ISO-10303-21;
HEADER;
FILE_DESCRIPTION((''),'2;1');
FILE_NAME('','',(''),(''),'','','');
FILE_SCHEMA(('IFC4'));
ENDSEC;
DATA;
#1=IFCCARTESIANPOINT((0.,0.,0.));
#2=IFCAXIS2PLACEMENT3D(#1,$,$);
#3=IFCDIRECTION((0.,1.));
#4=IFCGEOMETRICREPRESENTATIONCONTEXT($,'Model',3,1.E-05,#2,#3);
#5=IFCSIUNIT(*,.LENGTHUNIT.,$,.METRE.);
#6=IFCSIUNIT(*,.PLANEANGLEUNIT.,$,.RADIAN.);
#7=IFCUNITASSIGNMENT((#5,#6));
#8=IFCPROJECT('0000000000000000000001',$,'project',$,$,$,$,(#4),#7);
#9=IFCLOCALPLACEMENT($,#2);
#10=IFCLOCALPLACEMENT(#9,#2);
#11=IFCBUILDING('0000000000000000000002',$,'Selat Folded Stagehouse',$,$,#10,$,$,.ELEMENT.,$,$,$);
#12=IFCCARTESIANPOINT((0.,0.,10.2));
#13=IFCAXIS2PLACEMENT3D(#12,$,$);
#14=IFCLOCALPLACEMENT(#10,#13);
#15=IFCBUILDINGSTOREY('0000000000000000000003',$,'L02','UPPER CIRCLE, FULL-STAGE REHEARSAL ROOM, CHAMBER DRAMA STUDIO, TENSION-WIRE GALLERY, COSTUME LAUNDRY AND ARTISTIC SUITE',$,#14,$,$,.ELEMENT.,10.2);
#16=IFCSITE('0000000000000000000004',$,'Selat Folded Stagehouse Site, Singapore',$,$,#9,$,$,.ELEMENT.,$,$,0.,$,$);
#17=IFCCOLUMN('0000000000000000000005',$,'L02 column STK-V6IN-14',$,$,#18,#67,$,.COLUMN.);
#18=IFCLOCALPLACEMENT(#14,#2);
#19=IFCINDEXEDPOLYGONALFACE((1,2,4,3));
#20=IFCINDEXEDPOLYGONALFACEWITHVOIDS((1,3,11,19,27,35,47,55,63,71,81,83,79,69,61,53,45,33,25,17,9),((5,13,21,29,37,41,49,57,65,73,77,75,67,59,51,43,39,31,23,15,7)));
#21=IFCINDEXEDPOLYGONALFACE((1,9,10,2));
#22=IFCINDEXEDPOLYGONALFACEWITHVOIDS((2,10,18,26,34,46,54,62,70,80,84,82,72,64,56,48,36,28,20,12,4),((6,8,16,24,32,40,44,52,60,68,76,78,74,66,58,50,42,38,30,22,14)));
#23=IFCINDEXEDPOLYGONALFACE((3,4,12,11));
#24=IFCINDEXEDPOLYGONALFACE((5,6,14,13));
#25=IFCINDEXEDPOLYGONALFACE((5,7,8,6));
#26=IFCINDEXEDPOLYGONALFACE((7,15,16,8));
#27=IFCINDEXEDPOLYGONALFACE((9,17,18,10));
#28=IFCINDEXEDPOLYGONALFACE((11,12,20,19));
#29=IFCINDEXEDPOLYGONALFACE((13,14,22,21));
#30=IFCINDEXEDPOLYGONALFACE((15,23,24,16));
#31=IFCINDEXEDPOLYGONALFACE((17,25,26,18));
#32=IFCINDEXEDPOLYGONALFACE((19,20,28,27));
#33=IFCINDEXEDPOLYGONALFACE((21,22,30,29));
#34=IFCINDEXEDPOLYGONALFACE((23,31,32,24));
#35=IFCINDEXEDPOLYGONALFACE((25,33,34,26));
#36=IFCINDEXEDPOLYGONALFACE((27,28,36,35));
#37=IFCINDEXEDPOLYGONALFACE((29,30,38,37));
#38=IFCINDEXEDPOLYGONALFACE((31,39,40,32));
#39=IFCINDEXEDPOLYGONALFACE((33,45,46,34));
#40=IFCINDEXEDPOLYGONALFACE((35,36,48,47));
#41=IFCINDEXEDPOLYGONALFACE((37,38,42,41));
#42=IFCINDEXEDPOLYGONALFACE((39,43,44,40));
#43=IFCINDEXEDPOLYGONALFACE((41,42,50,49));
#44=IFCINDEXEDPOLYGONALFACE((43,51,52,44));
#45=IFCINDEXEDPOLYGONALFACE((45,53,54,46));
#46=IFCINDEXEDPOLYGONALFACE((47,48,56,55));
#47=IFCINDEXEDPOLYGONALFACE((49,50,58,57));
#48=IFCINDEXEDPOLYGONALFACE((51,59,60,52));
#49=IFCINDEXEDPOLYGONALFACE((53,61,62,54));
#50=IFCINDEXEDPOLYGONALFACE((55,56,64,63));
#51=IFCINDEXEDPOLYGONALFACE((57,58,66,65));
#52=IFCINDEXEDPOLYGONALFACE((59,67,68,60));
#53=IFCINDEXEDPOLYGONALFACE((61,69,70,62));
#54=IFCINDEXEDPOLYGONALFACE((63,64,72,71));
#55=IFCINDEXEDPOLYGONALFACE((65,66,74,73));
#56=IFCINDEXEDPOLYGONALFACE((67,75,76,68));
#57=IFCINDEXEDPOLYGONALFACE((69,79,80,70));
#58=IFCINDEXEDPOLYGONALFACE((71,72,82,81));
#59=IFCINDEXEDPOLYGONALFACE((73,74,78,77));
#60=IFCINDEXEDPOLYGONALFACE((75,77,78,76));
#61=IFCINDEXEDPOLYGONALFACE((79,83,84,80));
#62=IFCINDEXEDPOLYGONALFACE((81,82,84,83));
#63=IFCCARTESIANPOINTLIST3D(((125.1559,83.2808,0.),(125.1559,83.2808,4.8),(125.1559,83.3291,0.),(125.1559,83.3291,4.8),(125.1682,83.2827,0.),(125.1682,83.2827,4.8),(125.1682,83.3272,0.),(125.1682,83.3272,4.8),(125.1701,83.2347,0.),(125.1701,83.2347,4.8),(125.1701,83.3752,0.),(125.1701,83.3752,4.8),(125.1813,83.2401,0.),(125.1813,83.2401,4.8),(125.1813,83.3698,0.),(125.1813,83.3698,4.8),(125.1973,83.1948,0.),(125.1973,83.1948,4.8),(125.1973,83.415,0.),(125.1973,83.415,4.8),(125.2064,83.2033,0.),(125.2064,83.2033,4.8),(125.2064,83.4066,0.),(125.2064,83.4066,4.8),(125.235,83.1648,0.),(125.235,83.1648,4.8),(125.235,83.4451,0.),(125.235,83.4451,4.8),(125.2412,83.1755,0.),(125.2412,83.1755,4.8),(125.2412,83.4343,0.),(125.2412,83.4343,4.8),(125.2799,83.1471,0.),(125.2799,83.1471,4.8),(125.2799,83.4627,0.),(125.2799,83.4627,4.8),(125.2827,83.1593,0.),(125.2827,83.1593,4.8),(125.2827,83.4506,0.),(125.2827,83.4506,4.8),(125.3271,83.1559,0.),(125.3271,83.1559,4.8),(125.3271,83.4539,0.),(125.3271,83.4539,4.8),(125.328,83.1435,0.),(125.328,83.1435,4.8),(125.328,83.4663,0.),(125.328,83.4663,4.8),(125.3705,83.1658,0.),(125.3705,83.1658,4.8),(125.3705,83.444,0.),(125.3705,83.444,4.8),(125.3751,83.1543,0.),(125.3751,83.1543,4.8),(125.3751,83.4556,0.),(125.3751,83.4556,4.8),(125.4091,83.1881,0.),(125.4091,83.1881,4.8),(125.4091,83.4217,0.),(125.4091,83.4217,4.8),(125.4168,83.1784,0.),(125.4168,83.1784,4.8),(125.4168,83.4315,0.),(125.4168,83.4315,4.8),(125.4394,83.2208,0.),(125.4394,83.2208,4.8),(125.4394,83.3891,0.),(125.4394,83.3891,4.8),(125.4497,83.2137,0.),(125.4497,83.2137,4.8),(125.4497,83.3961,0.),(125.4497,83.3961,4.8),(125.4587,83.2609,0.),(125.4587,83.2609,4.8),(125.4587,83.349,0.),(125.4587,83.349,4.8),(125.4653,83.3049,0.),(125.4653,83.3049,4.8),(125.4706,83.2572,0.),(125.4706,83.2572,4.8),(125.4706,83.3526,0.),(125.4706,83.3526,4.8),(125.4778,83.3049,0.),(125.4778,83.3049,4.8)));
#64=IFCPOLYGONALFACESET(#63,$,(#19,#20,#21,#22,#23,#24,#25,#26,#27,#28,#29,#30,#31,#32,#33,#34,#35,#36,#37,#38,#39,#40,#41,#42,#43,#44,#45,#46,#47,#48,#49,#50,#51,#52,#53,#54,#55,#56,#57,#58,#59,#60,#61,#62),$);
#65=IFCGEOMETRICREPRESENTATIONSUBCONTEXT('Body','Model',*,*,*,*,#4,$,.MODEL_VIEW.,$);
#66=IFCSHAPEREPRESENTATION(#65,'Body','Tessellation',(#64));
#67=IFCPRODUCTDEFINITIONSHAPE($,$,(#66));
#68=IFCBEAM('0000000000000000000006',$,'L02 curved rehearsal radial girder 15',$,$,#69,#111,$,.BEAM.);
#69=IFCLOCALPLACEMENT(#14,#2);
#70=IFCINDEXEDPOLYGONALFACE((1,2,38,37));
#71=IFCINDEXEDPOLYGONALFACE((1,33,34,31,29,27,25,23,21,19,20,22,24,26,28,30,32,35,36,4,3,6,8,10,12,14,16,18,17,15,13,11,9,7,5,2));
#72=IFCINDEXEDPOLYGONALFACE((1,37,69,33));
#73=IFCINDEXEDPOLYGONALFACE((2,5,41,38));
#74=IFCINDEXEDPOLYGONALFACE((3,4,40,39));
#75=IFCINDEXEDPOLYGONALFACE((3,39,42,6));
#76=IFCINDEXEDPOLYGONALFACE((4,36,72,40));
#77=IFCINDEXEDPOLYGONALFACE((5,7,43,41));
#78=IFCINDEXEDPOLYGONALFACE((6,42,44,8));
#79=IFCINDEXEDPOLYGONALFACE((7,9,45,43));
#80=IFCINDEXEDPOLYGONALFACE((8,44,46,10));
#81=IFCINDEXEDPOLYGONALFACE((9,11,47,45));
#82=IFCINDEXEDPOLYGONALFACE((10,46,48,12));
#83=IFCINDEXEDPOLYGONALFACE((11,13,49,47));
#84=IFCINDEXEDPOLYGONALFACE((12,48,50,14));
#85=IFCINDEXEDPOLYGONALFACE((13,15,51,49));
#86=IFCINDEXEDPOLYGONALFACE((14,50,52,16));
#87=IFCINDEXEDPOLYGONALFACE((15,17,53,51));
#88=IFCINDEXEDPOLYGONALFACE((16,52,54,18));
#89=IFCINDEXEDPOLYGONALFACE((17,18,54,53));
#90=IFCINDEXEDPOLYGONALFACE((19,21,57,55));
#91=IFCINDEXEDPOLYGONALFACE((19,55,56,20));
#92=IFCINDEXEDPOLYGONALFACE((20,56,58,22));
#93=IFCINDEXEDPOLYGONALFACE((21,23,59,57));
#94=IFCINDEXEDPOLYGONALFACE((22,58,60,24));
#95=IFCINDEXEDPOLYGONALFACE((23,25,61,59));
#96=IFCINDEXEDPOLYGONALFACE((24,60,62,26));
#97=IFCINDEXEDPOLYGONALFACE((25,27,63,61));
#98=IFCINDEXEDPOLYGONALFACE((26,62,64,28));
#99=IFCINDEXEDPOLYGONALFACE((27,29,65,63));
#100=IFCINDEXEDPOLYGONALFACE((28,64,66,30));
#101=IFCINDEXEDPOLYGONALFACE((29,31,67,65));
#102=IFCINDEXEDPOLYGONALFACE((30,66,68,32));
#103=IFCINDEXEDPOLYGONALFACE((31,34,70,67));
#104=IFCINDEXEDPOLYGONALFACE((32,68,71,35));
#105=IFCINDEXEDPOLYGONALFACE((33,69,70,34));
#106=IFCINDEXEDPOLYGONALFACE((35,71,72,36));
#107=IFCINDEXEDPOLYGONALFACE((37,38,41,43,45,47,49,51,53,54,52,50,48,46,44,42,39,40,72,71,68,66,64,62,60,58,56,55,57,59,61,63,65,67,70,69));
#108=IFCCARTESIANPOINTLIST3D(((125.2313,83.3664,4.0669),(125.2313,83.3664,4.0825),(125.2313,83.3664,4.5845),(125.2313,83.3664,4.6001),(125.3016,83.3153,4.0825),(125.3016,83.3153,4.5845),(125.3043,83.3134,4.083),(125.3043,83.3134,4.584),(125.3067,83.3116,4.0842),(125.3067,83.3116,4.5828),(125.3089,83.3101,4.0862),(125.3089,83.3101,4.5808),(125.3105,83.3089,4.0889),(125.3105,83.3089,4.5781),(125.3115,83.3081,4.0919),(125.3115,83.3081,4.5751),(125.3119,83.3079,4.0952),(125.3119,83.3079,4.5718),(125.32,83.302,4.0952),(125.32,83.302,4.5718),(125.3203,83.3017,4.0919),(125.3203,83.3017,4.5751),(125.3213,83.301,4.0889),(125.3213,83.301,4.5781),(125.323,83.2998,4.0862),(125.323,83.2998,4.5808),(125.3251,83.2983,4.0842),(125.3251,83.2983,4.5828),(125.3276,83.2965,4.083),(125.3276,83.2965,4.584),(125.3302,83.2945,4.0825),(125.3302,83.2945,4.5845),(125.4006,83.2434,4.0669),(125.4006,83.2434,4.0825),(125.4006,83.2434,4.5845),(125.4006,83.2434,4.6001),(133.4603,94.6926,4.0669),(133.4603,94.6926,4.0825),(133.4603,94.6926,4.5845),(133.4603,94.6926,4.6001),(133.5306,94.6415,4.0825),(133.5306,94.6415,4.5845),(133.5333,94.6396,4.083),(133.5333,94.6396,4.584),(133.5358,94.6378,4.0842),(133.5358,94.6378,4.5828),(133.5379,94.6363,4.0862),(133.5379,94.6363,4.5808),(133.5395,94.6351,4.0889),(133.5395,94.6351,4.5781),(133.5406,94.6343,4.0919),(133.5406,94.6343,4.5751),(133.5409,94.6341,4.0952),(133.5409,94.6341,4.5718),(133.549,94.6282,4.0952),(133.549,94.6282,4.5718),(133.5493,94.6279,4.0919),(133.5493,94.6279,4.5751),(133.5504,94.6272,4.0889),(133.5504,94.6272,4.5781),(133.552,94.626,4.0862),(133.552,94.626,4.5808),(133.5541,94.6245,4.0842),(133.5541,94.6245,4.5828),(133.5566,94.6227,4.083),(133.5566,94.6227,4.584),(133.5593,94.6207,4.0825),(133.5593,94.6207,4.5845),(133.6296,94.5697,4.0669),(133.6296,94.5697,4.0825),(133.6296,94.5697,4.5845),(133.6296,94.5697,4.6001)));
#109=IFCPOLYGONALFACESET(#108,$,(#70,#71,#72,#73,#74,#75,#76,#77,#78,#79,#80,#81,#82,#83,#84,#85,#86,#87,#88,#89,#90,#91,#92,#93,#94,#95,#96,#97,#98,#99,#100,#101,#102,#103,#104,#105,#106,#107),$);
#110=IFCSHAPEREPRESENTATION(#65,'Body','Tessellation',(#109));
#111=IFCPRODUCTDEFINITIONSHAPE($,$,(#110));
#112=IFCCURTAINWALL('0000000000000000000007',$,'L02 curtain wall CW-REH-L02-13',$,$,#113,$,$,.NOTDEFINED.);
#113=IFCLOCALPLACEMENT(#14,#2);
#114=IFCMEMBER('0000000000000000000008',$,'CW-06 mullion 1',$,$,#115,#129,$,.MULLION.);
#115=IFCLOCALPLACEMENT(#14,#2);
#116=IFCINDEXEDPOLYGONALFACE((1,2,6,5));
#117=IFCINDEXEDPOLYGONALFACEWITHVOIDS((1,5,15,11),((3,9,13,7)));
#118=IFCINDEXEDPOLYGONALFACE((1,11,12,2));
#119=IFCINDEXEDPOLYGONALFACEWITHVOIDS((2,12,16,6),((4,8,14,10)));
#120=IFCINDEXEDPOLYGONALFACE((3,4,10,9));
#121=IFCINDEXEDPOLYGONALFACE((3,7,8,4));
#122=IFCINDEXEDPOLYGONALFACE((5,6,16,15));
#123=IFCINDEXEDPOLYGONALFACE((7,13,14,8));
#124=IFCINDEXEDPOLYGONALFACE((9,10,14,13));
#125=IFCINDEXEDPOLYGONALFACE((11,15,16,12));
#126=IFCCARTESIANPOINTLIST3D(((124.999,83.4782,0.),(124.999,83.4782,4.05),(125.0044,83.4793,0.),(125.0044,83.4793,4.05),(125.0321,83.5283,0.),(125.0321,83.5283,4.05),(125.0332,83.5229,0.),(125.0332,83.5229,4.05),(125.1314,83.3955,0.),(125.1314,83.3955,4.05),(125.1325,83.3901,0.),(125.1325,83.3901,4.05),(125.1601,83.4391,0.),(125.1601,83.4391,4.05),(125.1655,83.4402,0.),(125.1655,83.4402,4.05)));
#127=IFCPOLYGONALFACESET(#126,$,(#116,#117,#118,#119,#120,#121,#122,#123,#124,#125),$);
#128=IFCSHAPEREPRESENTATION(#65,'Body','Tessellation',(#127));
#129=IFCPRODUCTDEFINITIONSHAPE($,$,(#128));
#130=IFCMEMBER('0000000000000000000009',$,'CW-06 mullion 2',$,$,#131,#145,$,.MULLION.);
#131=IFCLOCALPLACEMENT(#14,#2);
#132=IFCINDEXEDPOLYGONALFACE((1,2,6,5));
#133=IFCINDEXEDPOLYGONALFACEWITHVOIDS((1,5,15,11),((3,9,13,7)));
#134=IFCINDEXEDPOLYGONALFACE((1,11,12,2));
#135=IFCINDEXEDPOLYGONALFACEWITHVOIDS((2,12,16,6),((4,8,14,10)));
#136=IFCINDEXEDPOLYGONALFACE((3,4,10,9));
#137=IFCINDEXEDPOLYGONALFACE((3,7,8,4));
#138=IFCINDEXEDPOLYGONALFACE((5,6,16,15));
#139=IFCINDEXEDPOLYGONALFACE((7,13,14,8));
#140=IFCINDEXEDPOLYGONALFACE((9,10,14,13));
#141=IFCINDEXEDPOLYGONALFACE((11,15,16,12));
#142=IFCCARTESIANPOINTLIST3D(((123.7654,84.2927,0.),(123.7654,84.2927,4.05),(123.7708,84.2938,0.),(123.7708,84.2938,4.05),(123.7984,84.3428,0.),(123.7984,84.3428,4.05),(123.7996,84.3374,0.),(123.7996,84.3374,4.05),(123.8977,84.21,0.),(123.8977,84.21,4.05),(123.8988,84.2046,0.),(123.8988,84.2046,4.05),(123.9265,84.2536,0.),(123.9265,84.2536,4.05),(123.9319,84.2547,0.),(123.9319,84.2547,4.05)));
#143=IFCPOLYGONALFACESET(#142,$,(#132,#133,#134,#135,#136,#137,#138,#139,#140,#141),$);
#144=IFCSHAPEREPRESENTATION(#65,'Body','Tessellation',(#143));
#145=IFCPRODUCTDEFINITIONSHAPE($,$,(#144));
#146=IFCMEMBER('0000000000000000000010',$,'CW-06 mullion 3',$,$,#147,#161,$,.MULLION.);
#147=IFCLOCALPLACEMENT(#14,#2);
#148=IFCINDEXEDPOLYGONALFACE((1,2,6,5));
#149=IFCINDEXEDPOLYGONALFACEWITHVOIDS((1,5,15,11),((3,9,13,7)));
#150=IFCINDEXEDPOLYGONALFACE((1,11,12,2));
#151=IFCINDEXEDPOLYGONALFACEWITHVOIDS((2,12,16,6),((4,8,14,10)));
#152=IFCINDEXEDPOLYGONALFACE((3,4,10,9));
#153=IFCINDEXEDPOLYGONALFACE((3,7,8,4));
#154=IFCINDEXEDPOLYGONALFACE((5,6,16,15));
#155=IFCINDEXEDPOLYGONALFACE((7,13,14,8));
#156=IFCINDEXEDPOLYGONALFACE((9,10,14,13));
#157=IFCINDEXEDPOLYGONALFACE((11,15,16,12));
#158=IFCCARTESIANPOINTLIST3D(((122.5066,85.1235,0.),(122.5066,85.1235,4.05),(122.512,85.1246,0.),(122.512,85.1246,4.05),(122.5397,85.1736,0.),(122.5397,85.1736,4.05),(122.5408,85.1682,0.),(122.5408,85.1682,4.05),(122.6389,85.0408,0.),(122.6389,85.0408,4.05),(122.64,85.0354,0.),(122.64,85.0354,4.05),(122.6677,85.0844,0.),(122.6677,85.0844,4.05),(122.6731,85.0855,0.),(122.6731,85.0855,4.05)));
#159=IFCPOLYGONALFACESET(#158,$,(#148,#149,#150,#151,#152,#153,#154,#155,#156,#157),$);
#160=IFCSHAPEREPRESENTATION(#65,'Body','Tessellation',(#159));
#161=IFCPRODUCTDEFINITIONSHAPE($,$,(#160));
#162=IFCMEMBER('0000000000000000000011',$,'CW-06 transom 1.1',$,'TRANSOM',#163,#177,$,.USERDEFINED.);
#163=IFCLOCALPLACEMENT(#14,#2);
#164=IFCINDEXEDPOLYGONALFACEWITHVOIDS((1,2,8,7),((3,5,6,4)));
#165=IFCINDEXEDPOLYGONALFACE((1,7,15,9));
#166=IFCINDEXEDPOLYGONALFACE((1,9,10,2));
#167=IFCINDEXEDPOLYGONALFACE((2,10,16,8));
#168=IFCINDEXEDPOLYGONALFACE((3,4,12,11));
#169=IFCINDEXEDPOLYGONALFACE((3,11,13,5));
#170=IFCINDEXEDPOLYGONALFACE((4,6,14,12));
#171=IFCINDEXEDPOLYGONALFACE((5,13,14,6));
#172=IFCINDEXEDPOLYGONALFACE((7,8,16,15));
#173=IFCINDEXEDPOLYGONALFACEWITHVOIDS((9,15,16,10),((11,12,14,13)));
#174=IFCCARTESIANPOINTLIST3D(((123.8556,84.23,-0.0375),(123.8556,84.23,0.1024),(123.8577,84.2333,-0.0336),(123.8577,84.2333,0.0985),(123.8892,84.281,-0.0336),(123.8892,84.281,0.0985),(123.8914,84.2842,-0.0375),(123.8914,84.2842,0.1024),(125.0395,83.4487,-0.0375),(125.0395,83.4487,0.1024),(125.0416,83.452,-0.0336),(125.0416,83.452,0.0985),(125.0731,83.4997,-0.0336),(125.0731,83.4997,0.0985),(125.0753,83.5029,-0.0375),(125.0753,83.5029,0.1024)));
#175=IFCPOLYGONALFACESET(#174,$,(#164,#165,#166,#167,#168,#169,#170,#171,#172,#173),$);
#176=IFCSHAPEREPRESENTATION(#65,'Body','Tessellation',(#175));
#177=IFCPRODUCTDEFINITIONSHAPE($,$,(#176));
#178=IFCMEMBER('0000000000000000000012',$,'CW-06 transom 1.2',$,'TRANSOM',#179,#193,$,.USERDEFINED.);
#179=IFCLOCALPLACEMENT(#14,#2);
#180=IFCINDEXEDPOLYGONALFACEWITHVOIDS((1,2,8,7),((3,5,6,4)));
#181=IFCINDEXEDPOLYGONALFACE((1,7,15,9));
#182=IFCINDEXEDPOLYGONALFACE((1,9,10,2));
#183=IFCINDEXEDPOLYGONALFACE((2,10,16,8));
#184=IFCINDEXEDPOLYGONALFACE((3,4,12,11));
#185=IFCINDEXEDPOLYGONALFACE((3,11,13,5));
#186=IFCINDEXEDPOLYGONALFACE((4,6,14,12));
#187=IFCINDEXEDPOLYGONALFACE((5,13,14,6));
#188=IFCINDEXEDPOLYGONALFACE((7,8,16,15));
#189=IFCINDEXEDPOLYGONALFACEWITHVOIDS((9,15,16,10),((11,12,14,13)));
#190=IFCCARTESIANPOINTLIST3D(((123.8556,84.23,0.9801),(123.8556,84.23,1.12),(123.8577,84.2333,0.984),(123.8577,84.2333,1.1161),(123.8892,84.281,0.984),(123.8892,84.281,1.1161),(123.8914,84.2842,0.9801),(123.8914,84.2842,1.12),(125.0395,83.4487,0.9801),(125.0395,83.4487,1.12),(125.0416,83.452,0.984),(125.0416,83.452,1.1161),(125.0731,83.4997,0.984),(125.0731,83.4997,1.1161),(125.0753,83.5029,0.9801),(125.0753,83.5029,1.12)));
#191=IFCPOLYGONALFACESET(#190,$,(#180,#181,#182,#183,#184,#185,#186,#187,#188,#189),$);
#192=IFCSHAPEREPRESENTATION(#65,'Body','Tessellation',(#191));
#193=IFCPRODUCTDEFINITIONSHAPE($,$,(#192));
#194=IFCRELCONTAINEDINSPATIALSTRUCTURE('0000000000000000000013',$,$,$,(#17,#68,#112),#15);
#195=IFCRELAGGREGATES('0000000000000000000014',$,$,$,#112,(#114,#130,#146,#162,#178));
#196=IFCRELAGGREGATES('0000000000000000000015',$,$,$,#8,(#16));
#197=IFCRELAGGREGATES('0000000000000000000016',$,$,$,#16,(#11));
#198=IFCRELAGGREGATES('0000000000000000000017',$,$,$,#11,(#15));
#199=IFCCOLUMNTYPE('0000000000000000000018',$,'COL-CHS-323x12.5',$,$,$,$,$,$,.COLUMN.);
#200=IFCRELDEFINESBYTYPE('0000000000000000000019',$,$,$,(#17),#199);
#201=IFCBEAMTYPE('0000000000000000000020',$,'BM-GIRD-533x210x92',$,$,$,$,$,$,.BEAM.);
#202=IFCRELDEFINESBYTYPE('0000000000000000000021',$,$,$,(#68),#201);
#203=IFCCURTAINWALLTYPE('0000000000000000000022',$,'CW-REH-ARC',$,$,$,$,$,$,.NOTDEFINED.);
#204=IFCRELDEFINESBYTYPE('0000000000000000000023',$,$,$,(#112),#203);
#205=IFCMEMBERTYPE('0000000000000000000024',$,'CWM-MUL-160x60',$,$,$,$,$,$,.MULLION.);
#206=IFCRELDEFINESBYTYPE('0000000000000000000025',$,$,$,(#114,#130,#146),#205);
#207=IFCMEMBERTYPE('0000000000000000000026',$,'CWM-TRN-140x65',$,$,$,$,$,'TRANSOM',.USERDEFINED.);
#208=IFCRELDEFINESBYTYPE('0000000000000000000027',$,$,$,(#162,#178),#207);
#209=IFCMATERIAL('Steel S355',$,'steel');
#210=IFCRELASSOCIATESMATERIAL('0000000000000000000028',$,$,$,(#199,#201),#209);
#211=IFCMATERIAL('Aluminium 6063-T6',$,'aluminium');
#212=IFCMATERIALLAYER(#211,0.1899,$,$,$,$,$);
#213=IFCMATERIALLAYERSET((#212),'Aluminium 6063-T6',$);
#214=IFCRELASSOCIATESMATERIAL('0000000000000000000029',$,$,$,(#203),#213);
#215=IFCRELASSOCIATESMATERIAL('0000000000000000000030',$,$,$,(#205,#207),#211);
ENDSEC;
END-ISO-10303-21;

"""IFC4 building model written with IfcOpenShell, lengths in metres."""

from ifc_helpers import new_model, si_unit, direction, frame, origin, origin_2d, place, context, subcontext, project, spatial, hollow_rectangle, hollow_circle, i_section, extrude, material, layer, layer_set, material_profile, profile_set, type_object, element, aggregate, save


model = new_model("IFC4")

# Units and contexts
model_context = context("Model", 3, precision=1e-05, world=origin(), true_north=direction((0.0, 1.0)))
body_context = subcontext(model_context, "Body", "Model", "MODEL_VIEW")
ifc_project = project(units=[si_unit("LENGTHUNIT", "METRE"), si_unit("PLANEANGLEUNIT", "RADIAN")], contexts=[model_context])

# Site, building, storey
site_placement = place(None, origin())
site = spatial("IfcSite", under=ifc_project, at=site_placement, Name="Selat Folded Stagehouse Site, Singapore", CompositionType="ELEMENT", RefElevation=0.0)
building_placement = place(site_placement, origin())
building = spatial("IfcBuilding", under=site, at=building_placement, Name="Selat Folded Stagehouse", CompositionType="ELEMENT")
storey_placement = place(building_placement, frame((0.0, 0.0, 10.2)))
storey = spatial("IfcBuildingStorey", under=building, at=storey_placement, Name="L02", Description="UPPER CIRCLE, FULL-STAGE REHEARSAL ROOM, CHAMBER DRAMA STUDIO, TENSION-WIRE GALLERY, COSTUME LAUNDRY AND ARTISTIC SUITE", CompositionType="ELEMENT", Elevation=10.2)

# Column
ifc_material_1 = material(Name="Steel S355", Category="steel")
ifc_material_profile_1 = material_profile(ifc_material_1, hollow_circle(Radius=0.1619, WallThickness=0.0125, at=origin_2d()), Name="CHS 323.9x12.5")
ifc_profile_set_1 = profile_set([ifc_material_profile_1], Name="Steel S355")
column_type = type_object("IfcColumnType", Name="COL-CHS-323x12.5", PredefinedType="COLUMN", material=ifc_profile_set_1)
column_placement = place(storey_placement, frame((125.3159, 83.3049, 0.0), z_axis=(0.0, 0.0, 1.0), x_axis=(1.0, 0.0, 0.0)))
element("IfcColumn", 1, at=column_placement, inside=storey, type_object=column_type, Name="L02 column STK-V6IN-14", PredefinedType="COLUMN", context=body_context, shape_type="SweptSolid", body=[
    extrude(hollow_circle(Radius=0.1619, WallThickness=0.0125, at=origin_2d()), origin(), (0.0, 0.0, 1.0), 4.8),
])

# Beam
ifc_material_profile_2 = material_profile(ifc_material_1, i_section(OverallWidth=0.2092, OverallDepth=0.5332, WebThickness=0.01, FlangeThickness=0.0156, FilletRadius=0.0127, at=origin_2d()), Name="UKB 533x210x92")
ifc_profile_set_2 = profile_set([ifc_material_profile_2], Name="Steel S355")
beam_type = type_object("IfcBeamType", Name="BM-GIRD-533x210x92", PredefinedType="BEAM", material=ifc_profile_set_2)
beam_placement = place(storey_placement, frame((125.3159, 83.3049, 4.3335), z_axis=(0.587788, 0.809015, 0.0), x_axis=(-0.809015, 0.587788, 0.0)))
element("IfcBeam", 2, at=beam_placement, inside=storey, type_object=beam_type, Name="L02 curved rehearsal radial girder 15", PredefinedType="BEAM", context=body_context, shape_type="SweptSolid", body=[
    extrude(i_section(OverallWidth=0.2092, OverallDepth=0.5332, WebThickness=0.01, FlangeThickness=0.0156, FilletRadius=0.0127, at=origin_2d()), origin(), (0.0, 0.0, 1.0), 14.0),
])

# Curtain wall, members
ifc_material_2 = material(Name="Aluminium 6063-T6", Category="aluminium")
ifc_layer_1 = layer(ifc_material_2, 0.1899)
ifc_layer_set_1 = layer_set([ifc_layer_1], Name="Aluminium 6063-T6")
curtain_wall_type = type_object("IfcCurtainWallType", Name="CW-REH-ARC", PredefinedType="NOTDEFINED", material=ifc_layer_set_1)
curtain_wall_placement = place(storey_placement, origin())
curtain_wall = element("IfcCurtainWall", 3, at=curtain_wall_placement, inside=storey, type_object=curtain_wall_type, Name="L02 curtain wall CW-REH-L02-13", PredefinedType="NOTDEFINED")
ifc_material_profile_3 = material_profile(ifc_material_2, hollow_rectangle(XDim=0.0601, YDim=0.1599, WallThickness=0.0039, at=origin_2d()), Name="ALU 160x60x4.0")
ifc_profile_set_3 = profile_set([ifc_material_profile_3], Name="Aluminium 6063-T6")
member_type_1 = type_object("IfcMemberType", Name="CWM-MUL-160x60", PredefinedType="MULLION", material=ifc_profile_set_3)
member_1_placement = place(storey_placement, frame((125.0823, 83.4592, 0.0), z_axis=(0.0, 0.0, 1.0), x_axis=(-0.550885, -0.834581, 0.0)))
member_1 = element("IfcMember", 4, at=member_1_placement, type_object=member_type_1, Name="CW-06 mullion 1", PredefinedType="MULLION", context=body_context, shape_type="SweptSolid", body=[
    extrude(hollow_rectangle(XDim=0.0601, YDim=0.1599, WallThickness=0.0039, at=origin_2d()), origin(), (0.0, 0.0, 1.0), 4.05),
])
member_2_placement = place(storey_placement, frame((123.8486, 84.2737, 0.0), z_axis=(0.0, 0.0, 1.0), x_axis=(-0.550885, -0.834581, 0.0)))
member_2 = element("IfcMember", 5, at=member_2_placement, type_object=member_type_1, Name="CW-06 mullion 2", PredefinedType="MULLION", context=body_context, shape_type="SweptSolid", body=[
    extrude(hollow_rectangle(XDim=0.0601, YDim=0.1599, WallThickness=0.0039, at=origin_2d()), origin(), (0.0, 0.0, 1.0), 4.05),
])
member_3_placement = place(storey_placement, frame((122.5898, 85.1045, 0.0), z_axis=(0.0, 0.0, 1.0), x_axis=(-0.550885, -0.834581, 0.0)))
member_3 = element("IfcMember", 6, at=member_3_placement, type_object=member_type_1, Name="CW-06 mullion 3", PredefinedType="MULLION", context=body_context, shape_type="SweptSolid", body=[
    extrude(hollow_rectangle(XDim=0.0601, YDim=0.1599, WallThickness=0.0039, at=origin_2d()), origin(), (0.0, 0.0, 1.0), 4.05),
])
ifc_material_profile_4 = material_profile(ifc_material_2, hollow_rectangle(XDim=0.0649, YDim=0.1399, WallThickness=0.0039, at=origin_2d()), Name="ALU 140x65x4.0")
ifc_profile_set_4 = profile_set([ifc_material_profile_4], Name="Aluminium 6063-T6")
member_type_2 = type_object("IfcMemberType", Name="CWM-TRN-140x65", ElementType="TRANSOM", PredefinedType="USERDEFINED", material=ifc_profile_set_4)
member_4_placement = place(storey_placement, frame((125.0574, 83.4758, 0.0325), z_axis=(-0.834636, 0.550801, 0.0), x_axis=(-0.550801, -0.834636, 0.0)))
member_4 = element("IfcMember", 7, at=member_4_placement, type_object=member_type_2, Name="CW-06 transom 1.1", ObjectType="TRANSOM", PredefinedType="USERDEFINED", context=body_context, shape_type="SweptSolid", body=[
    extrude(hollow_rectangle(XDim=0.0649, YDim=0.1399, WallThickness=0.0039, at=origin_2d()), origin(), (0.0, 0.0, 1.0), 1.4185),
])
member_5_placement = place(storey_placement, frame((125.0574, 83.4758, 1.05), z_axis=(-0.834636, 0.550801, 0.0), x_axis=(-0.550801, -0.834636, 0.0)))
member_5 = element("IfcMember", 8, at=member_5_placement, type_object=member_type_2, Name="CW-06 transom 1.2", ObjectType="TRANSOM", PredefinedType="USERDEFINED", context=body_context, shape_type="SweptSolid", body=[
    extrude(hollow_rectangle(XDim=0.0649, YDim=0.1399, WallThickness=0.0039, at=origin_2d()), origin(), (0.0, 0.0, 1.0), 1.4185),
])
aggregate(curtain_wall, [member_1, member_2, member_3, member_4, member_5])

save(model, "model.ifc")
